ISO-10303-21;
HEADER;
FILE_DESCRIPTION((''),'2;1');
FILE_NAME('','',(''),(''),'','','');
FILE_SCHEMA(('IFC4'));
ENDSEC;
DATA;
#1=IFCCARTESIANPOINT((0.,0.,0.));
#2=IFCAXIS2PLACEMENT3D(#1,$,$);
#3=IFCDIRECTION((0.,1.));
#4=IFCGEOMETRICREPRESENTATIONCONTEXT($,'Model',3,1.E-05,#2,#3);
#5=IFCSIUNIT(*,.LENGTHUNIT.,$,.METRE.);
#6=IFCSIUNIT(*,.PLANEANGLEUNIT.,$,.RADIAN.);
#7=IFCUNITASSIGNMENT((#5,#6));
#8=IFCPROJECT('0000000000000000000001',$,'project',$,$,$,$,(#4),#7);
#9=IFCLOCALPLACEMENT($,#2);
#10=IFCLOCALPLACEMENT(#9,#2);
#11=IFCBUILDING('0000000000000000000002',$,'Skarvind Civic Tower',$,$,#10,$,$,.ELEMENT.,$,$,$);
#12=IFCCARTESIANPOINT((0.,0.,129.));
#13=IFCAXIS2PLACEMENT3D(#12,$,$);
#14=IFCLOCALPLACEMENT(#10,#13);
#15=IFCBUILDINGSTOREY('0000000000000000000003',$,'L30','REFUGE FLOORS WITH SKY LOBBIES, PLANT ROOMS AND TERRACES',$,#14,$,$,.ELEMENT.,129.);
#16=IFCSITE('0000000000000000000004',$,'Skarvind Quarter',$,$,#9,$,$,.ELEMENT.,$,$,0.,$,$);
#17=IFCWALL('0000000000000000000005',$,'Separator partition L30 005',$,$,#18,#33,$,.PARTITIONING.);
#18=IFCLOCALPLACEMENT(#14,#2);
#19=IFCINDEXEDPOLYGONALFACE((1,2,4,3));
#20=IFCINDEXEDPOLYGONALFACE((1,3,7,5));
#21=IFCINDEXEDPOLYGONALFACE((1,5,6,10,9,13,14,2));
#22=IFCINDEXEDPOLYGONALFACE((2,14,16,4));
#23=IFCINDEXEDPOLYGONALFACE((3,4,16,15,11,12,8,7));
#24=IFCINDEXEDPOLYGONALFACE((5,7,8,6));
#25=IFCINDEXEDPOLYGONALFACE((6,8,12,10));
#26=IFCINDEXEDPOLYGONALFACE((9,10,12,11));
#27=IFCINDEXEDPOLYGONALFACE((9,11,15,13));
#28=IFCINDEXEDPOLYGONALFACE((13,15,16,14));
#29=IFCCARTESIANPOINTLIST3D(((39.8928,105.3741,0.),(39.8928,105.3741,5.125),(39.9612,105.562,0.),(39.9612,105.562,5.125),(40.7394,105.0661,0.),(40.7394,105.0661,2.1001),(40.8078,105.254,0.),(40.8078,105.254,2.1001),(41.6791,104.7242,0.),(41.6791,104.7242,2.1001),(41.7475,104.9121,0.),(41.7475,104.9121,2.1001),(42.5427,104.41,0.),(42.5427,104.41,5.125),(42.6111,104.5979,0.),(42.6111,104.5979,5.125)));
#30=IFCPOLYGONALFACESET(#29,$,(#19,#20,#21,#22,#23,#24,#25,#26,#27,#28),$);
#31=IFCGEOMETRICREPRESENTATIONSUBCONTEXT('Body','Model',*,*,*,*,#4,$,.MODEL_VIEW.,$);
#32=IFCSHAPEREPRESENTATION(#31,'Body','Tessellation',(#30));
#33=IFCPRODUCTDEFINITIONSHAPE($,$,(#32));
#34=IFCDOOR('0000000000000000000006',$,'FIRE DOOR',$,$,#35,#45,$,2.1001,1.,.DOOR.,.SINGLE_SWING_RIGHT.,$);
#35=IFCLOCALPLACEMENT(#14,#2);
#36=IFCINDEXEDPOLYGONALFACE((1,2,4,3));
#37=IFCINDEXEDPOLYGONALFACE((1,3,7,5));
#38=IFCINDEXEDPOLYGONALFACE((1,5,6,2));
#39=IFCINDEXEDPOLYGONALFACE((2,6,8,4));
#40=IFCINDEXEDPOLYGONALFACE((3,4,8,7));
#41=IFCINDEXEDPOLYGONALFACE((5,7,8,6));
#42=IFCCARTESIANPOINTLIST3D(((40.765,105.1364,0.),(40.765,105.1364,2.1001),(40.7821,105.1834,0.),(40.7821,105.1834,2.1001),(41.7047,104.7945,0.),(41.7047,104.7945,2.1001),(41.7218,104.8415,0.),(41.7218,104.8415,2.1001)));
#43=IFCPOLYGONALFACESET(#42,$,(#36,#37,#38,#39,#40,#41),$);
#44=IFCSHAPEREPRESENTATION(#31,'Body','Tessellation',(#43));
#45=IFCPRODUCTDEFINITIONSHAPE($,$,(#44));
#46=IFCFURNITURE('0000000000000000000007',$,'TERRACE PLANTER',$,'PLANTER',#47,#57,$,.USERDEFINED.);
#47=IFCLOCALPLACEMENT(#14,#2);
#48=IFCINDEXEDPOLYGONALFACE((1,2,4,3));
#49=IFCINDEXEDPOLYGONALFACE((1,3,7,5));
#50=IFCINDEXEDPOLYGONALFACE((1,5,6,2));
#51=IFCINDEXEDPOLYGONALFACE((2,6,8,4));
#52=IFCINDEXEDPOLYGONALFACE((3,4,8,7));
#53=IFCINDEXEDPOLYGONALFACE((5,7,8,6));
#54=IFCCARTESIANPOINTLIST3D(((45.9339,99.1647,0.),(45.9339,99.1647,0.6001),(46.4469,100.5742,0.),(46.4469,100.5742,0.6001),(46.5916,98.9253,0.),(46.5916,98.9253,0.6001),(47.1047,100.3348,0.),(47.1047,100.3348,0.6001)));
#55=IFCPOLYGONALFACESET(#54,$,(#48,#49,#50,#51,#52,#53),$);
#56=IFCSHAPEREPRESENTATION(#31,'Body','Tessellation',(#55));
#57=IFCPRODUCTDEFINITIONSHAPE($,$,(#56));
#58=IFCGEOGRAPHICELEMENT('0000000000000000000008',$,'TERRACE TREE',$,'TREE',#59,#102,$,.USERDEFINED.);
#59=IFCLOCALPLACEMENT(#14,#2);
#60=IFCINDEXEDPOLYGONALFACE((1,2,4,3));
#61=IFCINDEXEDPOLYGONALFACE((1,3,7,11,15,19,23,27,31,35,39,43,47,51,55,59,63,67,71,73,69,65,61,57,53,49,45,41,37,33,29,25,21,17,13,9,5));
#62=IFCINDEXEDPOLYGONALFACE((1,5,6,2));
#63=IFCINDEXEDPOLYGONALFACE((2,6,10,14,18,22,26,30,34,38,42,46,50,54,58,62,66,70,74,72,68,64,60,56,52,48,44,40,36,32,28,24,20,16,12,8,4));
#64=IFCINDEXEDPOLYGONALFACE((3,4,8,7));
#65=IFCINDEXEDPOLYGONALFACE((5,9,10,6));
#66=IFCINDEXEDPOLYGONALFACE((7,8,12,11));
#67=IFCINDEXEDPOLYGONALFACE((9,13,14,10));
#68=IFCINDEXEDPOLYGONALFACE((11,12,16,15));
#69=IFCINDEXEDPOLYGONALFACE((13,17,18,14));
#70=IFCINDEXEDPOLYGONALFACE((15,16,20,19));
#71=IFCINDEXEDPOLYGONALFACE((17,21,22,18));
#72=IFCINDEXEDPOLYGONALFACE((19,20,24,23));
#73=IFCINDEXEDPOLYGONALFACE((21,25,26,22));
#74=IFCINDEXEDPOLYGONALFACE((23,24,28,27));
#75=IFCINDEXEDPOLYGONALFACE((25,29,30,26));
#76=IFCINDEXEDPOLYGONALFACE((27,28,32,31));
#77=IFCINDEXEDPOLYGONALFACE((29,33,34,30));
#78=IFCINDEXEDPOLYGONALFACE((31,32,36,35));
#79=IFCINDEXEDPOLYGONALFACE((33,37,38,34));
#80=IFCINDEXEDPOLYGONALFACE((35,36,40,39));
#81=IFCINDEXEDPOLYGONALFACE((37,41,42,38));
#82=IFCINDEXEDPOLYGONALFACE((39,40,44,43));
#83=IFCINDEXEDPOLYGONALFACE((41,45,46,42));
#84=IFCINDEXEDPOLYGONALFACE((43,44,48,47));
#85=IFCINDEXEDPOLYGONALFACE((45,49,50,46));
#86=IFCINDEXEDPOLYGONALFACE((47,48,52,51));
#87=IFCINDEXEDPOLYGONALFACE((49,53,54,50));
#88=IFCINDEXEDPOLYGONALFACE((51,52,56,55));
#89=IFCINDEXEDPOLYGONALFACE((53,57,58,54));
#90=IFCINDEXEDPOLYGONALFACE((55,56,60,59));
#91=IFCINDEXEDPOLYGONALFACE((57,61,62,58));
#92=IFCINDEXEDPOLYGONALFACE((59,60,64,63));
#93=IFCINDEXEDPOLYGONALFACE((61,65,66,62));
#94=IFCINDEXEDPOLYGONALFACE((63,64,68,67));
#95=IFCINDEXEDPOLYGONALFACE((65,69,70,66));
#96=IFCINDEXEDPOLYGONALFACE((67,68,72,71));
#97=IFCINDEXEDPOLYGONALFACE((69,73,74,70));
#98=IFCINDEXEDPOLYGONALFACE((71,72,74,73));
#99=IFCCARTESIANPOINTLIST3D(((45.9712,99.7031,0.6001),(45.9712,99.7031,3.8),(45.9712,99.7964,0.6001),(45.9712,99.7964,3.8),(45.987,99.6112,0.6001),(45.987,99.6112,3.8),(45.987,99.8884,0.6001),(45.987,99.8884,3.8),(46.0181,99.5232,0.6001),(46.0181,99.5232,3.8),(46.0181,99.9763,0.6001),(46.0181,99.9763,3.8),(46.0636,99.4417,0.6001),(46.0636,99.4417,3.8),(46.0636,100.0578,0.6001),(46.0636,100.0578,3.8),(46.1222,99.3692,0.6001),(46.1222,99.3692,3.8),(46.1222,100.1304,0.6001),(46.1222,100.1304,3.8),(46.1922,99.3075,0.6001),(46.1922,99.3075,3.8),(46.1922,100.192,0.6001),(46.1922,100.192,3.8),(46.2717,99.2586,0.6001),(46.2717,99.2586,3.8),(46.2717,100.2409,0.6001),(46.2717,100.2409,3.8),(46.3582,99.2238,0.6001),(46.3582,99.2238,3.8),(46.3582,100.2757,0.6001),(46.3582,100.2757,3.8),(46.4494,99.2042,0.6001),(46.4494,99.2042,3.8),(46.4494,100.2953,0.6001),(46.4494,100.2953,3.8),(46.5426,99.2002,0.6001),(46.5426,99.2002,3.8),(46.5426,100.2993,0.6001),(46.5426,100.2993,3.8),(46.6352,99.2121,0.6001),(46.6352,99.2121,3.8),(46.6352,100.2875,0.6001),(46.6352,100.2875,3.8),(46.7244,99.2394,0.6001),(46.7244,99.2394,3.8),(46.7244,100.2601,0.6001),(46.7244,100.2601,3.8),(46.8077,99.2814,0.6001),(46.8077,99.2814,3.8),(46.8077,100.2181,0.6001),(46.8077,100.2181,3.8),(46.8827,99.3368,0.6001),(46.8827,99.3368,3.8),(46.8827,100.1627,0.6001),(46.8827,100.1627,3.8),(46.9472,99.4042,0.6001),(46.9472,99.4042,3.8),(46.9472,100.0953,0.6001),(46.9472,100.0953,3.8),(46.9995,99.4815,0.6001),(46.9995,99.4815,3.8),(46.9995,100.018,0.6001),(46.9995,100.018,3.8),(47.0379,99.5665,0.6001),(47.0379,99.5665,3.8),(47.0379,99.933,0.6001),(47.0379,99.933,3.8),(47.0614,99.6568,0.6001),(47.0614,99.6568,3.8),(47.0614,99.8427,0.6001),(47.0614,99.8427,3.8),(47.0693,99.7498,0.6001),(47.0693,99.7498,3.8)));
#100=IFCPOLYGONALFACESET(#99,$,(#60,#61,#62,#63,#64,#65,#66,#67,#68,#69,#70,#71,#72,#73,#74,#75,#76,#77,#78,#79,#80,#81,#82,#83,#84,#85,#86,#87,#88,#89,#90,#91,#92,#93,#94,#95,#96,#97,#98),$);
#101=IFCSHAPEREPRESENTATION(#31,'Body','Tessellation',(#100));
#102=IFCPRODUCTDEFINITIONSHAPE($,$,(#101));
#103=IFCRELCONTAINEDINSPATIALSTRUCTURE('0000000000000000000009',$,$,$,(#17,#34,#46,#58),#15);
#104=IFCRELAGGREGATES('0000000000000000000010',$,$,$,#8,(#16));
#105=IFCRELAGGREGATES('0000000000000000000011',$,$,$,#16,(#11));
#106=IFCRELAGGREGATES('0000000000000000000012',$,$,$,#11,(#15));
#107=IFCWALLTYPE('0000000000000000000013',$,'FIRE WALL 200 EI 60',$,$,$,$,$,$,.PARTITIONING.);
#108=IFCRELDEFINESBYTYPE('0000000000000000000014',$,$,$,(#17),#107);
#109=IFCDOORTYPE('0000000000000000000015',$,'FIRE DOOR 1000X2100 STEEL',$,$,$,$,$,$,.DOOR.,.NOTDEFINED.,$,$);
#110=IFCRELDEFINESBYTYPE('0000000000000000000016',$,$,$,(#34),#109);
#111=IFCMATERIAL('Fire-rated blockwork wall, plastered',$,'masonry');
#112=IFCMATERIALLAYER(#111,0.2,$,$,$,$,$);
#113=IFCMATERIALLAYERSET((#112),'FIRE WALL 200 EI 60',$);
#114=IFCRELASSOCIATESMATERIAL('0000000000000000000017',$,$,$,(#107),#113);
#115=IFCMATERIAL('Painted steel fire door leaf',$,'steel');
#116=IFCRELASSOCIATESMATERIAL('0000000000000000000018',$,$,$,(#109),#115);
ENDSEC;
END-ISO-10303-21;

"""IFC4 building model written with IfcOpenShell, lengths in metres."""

from ifc_helpers import new_model, si_unit, direction, frame, frame_2d, origin, origin_2d, place, context, subcontext, project, spatial, rectangle, circle, extrude, material, layer, layer_set, type_object, element, fill, save


model = new_model("IFC4")

# Units and contexts
model_context = context("Model", 3, precision=1e-05, world=origin(), true_north=direction((0.0, 1.0)))
body_context = subcontext(model_context, "Body", "Model", "MODEL_VIEW")
ifc_project = project(units=[si_unit("LENGTHUNIT", "METRE"), si_unit("PLANEANGLEUNIT", "RADIAN")], contexts=[model_context])

# Site, building, storey
site_placement = place(None, origin())
site = spatial("IfcSite", under=ifc_project, at=site_placement, Name="Skarvind Quarter", CompositionType="ELEMENT", RefElevation=0.0)
building_placement = place(site_placement, origin())
building = spatial("IfcBuilding", under=site, at=building_placement, Name="Skarvind Civic Tower", CompositionType="ELEMENT")
storey_placement = place(building_placement, frame((0.0, 0.0, 129.0)))
storey = spatial("IfcBuildingStorey", under=building, at=storey_placement, Name="L30", Description="REFUGE FLOORS WITH SKY LOBBIES, PLANT ROOMS AND TERRACES", CompositionType="ELEMENT", Elevation=129.0)

# Shared definitions
ifc_material_1 = material(Name="Fire-rated blockwork wall, plastered", Category="masonry")

# Wall, opening, door
ifc_layer_1 = layer(ifc_material_1, 0.2)
ifc_layer_set_1 = layer_set([ifc_layer_1], Name="FIRE WALL 200 EI 60")
wall_type_1 = type_object("IfcWallType", Name="FIRE WALL 200 EI 60", PredefinedType="PARTITIONING", material=ifc_layer_set_1)
wall_1_placement = place(storey_placement, frame((39.927, 105.468, 0.0), z_axis=(0.0, 0.0, 1.0), x_axis=(0.939735, -0.341903, 0.0)))
wall_1 = element("IfcWall", 1, at=wall_1_placement, inside=storey, type_object=wall_type_1, Name="Separator partition L30 005", PredefinedType="PARTITIONING", context=body_context, shape_type="SweptSolid", body=[
    extrude(rectangle(XDim=2.8198, YDim=0.2, at=frame_2d((1.4099, 0.0))), origin(), (0.0, 0.0, 1.0), 5.125),
])
opening_placement = place(wall_1_placement, frame((0.9009, 0.0, 0.0)))
opening = element("IfcOpeningElement", 2, at=opening_placement, cuts=wall_1, PredefinedType="OPENING", context=body_context, shape_type="SweptSolid", body=[
    extrude(rectangle(XDim=1.0, YDim=2.1001, at=frame_2d((0.5, 1.05))), frame((0.0, 0.1099, 0.0), z_axis=(0.0, -1.0, 0.0), x_axis=(1.0, 0.0, 0.0)), (0.0, 0.0, 1.0), 0.22),
])
ifc_material_2 = material(Name="Painted steel fire door leaf", Category="steel")
door_type = type_object("IfcDoorType", Name="FIRE DOOR 1000X2100 STEEL", OperationType="NOTDEFINED", PredefinedType="DOOR", material=ifc_material_2)
door_placement = place(opening_placement, origin())
door = element("IfcDoor", 3, at=door_placement, inside=storey, type_object=door_type, Name="FIRE DOOR", OperationType="SINGLE_SWING_RIGHT", OverallHeight=2.1001, OverallWidth=1.0, PredefinedType="DOOR", context=body_context, shape_type="SweptSolid", body=[
    extrude(rectangle(XDim=1.0, YDim=2.1001, at=frame_2d((0.5, 1.05))), frame((0.0, 0.0249, 0.0), z_axis=(0.0, -1.0, 0.0), x_axis=(1.0, 0.0, 0.0)), (0.0, 0.0, 1.0), 0.05),
])
fill(opening, door)

# Furniture
furniture_placement = place(storey_placement, frame((46.5193, 99.7498, 0.0), z_axis=(0.0, 0.0, 1.0), x_axis=(-0.34202, -0.939693, 0.0)))
element("IfcFurniture", 4, at=furniture_placement, inside=storey, Name="TERRACE PLANTER", ObjectType="PLANTER", PredefinedType="USERDEFINED", context=body_context, shape_type="SweptSolid", body=[
    extrude(rectangle(XDim=1.5, YDim=0.7, at=origin_2d()), origin(), (0.0, 0.0, 1.0), 0.6001),
])

# Geographic element
geographic_element_placement = place(storey_placement, frame((46.5193, 99.7498, 0.6001), z_axis=(0.0, 0.0, 1.0), x_axis=(1.0, 0.0, 0.0)))
element("IfcGeographicElement", 5, at=geographic_element_placement, inside=storey, Name="TERRACE TREE", ObjectType="TREE", PredefinedType="USERDEFINED", context=body_context, shape_type="SweptSolid", body=[
    extrude(circle(Radius=0.55, at=origin_2d()), origin(), (0.0, 0.0, 1.0), 3.2),
])

save(model, "model.ifc")
